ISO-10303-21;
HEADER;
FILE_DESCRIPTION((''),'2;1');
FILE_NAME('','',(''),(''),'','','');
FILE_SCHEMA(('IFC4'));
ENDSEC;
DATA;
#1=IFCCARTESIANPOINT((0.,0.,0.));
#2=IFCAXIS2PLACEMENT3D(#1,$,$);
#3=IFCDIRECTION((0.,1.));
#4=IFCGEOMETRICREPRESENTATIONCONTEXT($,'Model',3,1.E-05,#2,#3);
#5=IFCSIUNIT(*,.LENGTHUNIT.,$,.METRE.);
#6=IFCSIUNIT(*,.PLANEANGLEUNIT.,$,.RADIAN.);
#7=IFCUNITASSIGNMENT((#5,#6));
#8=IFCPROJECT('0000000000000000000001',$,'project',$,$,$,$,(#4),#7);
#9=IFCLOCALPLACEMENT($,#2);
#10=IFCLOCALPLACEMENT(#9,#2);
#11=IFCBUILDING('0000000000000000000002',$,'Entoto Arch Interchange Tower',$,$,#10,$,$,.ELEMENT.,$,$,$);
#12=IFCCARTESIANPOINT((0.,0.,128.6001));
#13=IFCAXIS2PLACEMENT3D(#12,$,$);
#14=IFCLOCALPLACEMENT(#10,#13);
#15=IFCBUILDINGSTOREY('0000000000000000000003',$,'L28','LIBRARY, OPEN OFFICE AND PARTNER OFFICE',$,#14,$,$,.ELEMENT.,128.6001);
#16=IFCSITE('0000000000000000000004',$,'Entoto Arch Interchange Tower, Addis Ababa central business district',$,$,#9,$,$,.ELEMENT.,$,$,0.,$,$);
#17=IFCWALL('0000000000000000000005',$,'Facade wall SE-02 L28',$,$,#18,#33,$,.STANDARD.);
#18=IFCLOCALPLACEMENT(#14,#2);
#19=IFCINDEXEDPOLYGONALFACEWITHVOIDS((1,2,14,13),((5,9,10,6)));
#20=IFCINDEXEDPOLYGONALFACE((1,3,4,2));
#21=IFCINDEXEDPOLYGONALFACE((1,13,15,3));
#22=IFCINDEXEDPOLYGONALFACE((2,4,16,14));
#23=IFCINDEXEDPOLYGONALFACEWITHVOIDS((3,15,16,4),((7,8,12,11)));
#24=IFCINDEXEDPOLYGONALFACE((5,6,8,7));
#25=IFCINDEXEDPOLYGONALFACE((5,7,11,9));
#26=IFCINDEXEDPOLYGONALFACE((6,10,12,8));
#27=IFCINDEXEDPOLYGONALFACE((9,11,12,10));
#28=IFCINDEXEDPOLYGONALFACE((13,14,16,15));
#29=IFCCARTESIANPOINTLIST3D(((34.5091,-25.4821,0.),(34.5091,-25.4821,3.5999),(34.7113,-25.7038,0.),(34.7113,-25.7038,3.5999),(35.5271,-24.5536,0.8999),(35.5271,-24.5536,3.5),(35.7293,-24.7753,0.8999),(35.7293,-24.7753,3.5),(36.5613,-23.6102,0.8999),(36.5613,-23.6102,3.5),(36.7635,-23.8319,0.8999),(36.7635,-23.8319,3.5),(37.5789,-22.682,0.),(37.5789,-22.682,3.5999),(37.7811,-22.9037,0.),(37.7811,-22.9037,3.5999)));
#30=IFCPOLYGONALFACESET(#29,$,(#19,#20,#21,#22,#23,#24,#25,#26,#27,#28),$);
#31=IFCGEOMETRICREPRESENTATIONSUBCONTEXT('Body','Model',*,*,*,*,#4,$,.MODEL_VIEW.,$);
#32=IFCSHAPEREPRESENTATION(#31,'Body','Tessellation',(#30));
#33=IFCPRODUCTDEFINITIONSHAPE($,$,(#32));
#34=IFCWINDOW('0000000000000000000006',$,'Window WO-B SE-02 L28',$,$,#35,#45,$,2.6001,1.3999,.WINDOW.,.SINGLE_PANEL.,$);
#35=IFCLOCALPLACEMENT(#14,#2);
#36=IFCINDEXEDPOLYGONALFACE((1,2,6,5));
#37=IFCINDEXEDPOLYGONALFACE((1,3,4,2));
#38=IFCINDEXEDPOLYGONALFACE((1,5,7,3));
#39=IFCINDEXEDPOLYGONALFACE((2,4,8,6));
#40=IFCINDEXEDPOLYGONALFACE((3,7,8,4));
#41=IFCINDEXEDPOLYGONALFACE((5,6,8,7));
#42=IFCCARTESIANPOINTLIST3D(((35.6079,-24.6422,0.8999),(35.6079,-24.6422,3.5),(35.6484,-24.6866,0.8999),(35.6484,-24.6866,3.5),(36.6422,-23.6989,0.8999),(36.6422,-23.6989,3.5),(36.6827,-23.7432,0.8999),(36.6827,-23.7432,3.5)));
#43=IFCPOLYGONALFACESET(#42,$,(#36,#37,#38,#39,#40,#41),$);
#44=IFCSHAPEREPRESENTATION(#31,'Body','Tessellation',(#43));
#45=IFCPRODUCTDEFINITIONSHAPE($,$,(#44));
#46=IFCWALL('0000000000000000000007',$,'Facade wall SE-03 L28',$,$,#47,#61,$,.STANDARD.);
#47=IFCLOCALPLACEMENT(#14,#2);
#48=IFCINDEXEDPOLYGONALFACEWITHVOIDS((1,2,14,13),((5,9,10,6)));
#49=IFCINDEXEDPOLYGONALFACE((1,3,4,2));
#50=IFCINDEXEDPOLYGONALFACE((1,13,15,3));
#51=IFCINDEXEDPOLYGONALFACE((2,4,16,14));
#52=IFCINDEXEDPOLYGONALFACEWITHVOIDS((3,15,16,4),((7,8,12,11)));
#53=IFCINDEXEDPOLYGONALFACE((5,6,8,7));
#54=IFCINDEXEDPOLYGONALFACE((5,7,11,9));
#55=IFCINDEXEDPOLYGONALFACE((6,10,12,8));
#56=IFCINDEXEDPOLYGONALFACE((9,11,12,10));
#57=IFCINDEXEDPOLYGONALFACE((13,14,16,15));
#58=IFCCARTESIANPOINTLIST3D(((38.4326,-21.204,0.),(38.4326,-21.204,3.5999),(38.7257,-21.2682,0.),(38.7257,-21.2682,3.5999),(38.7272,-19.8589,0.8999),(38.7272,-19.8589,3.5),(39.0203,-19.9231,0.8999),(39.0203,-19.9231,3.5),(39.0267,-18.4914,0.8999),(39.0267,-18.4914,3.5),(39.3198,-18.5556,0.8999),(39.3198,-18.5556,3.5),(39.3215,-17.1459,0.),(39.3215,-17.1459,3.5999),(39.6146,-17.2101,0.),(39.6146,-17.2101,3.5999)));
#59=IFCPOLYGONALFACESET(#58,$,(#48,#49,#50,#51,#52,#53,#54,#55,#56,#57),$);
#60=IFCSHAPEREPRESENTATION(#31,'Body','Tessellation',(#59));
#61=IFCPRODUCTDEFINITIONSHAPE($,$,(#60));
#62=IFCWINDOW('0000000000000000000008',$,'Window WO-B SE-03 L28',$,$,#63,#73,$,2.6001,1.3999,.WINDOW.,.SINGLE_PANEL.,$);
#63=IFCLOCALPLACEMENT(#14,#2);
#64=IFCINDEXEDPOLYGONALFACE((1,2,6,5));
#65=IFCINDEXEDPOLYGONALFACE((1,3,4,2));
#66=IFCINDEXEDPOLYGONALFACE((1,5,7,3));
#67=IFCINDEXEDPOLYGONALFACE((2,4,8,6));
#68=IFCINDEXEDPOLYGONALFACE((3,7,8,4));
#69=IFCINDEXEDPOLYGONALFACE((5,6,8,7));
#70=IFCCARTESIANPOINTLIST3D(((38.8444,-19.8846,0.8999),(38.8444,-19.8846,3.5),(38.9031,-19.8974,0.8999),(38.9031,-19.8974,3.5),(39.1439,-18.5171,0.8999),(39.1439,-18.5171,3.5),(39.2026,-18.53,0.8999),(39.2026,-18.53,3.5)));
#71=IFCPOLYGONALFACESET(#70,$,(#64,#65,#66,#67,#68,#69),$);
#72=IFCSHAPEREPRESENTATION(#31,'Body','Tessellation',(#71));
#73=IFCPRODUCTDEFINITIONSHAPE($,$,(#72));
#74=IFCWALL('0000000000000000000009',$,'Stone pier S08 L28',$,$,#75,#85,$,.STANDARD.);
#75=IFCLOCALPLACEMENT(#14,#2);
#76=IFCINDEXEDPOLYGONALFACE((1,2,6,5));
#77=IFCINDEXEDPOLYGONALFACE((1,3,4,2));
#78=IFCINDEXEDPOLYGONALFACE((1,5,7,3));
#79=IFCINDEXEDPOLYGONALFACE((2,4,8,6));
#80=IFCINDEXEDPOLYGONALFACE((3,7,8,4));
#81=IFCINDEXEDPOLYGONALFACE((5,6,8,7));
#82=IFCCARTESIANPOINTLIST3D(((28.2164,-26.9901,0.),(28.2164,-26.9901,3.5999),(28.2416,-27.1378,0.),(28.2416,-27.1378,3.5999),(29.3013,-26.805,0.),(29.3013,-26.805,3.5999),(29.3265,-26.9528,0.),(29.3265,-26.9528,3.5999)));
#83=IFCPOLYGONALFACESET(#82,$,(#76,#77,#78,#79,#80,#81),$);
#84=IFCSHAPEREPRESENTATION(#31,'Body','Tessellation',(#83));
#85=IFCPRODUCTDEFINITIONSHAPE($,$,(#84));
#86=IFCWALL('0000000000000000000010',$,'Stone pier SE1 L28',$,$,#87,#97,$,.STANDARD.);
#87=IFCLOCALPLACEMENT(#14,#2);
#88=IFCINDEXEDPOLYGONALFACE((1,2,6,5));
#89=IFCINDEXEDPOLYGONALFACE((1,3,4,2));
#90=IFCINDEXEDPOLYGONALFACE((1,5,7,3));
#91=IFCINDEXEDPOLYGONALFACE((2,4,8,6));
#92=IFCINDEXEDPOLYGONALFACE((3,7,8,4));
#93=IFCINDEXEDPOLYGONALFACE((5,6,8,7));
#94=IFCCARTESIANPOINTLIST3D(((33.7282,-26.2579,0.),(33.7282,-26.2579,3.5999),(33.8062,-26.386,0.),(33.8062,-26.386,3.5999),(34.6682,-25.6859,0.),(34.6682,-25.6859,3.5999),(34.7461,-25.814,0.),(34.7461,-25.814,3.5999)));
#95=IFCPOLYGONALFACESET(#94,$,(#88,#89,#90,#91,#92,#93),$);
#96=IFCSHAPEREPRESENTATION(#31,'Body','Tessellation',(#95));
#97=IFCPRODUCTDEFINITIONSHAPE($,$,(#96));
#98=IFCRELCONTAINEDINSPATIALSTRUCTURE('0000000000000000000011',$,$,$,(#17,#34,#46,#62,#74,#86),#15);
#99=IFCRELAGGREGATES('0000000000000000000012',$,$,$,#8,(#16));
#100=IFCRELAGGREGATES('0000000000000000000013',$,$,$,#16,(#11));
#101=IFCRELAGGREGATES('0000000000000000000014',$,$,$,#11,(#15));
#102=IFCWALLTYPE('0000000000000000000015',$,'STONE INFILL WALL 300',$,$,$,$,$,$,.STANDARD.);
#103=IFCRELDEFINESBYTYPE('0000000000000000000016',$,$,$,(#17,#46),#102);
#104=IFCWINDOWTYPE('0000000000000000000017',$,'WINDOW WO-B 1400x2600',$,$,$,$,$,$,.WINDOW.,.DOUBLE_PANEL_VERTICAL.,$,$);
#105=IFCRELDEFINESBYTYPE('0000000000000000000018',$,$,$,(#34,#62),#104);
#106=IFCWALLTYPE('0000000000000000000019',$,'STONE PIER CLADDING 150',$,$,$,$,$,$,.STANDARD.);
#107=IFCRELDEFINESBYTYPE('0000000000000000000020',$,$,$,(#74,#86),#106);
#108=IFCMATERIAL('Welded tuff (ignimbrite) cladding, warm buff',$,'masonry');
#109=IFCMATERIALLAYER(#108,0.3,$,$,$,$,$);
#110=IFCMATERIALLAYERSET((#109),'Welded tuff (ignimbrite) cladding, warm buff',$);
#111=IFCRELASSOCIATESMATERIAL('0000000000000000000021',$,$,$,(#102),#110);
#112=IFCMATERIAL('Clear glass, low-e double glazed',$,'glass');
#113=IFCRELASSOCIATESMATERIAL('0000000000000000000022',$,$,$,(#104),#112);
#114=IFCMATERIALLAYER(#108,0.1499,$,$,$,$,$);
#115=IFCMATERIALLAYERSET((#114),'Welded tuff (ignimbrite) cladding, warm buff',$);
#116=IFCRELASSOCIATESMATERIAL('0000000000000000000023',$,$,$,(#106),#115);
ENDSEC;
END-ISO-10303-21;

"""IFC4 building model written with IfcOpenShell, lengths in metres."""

from ifc_helpers import new_model, si_unit, direction, frame, frame_2d, origin, place, context, subcontext, project, spatial, rectangle, extrude, material, layer, layer_set, type_object, element, fill, save


model = new_model("IFC4")

# Units and contexts
model_context = context("Model", 3, precision=1e-05, world=origin(), true_north=direction((0.0, 1.0)))
body_context = subcontext(model_context, "Body", "Model", "MODEL_VIEW")
ifc_project = project(units=[si_unit("LENGTHUNIT", "METRE"), si_unit("PLANEANGLEUNIT", "RADIAN")], contexts=[model_context])

# Site, building, storey
site_placement = place(None, origin())
site = spatial("IfcSite", under=ifc_project, at=site_placement, Name="Entoto Arch Interchange Tower, Addis Ababa central business district", CompositionType="ELEMENT", RefElevation=0.0)
building_placement = place(site_placement, origin())
building = spatial("IfcBuilding", under=site, at=building_placement, Name="Entoto Arch Interchange Tower", CompositionType="ELEMENT")
storey_placement = place(building_placement, frame((0.0, 0.0, 128.6001)))
storey = spatial("IfcBuildingStorey", under=building, at=storey_placement, Name="L28", Description="LIBRARY, OPEN OFFICE AND PARTNER OFFICE", CompositionType="ELEMENT", Elevation=128.6001)

# Walls, openings, windows
ifc_material_1 = material(Name="Welded tuff (ignimbrite) cladding, warm buff", Category="masonry")
ifc_layer_1 = layer(ifc_material_1, 0.3)
ifc_layer_set_1 = layer_set([ifc_layer_1], Name="Welded tuff (ignimbrite) cladding, warm buff")
wall_type_1 = type_object("IfcWallType", Name="STONE INFILL WALL 300", PredefinedType="STANDARD", material=ifc_layer_set_1)
ifc_material_2 = material(Name="Clear glass, low-e double glazed", Category="glass")
window_type = type_object("IfcWindowType", Name="WINDOW WO-B 1400x2600", PartitioningType="DOUBLE_PANEL_VERTICAL", PredefinedType="WINDOW", material=ifc_material_2)
wall_1_placement = place(storey_placement, frame((34.6101, -25.593, 0.0), z_axis=(0.0, 0.0, 1.0), x_axis=(0.738825, 0.673897, 0.0)))
wall_1 = element("IfcWall", 1, at=wall_1_placement, inside=storey, type_object=wall_type_1, Name="Facade wall SE-02 L28", PredefinedType="STANDARD", context=body_context, shape_type="SweptSolid", body=[
    extrude(rectangle(XDim=4.155, YDim=0.3, at=frame_2d((2.0776, 0.0))), origin(), (0.0, 0.0, 1.0), 3.5999),
])
opening_1_placement = place(wall_1_placement, frame((1.3779, 0.0, 0.8999)))
opening_1 = element("IfcOpeningElement", 2, at=opening_1_placement, cuts=wall_1, PredefinedType="OPENING", context=body_context, shape_type="SweptSolid", body=[
    extrude(rectangle(XDim=1.3999, YDim=2.6001, at=frame_2d((0.7, 1.3))), frame((0.0, 0.1602, 0.0), z_axis=(0.0, -1.0, 0.0), x_axis=(1.0, 0.0, 0.0)), (0.0, 0.0, 1.0), 0.3201),
])
window_1_placement = place(opening_1_placement, origin())
window_1 = element("IfcWindow", 3, at=window_1_placement, inside=storey, type_object=window_type, Name="Window WO-B SE-02 L28", OverallHeight=2.6001, OverallWidth=1.3999, PartitioningType="SINGLE_PANEL", PredefinedType="WINDOW", context=body_context, shape_type="SweptSolid", body=[
    extrude(rectangle(XDim=1.3999, YDim=2.6001, at=frame_2d((0.7, 1.3))), frame((0.0, 0.03, 0.0), z_axis=(0.0, -1.0, 0.0), x_axis=(1.0, 0.0, 0.0)), (0.0, 0.0, 1.0), 0.0601),
])
fill(opening_1, window_1)
wall_2_placement = place(storey_placement, frame((38.5791, -21.2361, 0.0), z_axis=(0.0, 0.0, 1.0), x_axis=(0.213974, 0.976839, 0.0)))
wall_2 = element("IfcWall", 4, at=wall_2_placement, inside=storey, type_object=wall_type_1, Name="Facade wall SE-03 L28", PredefinedType="STANDARD", context=body_context, shape_type="SweptSolid", body=[
    extrude(rectangle(XDim=4.1543, YDim=0.3, at=frame_2d((2.0771, 0.0))), origin(), (0.0, 0.0, 1.0), 3.5999),
])
opening_2_placement = place(wall_2_placement, frame((1.377, 0.0, 0.8999)))
opening_2 = element("IfcOpeningElement", 5, at=opening_2_placement, cuts=wall_2, PredefinedType="OPENING", context=body_context, shape_type="SweptSolid", body=[
    extrude(rectangle(XDim=1.3999, YDim=2.6001, at=frame_2d((0.7, 1.3))), frame((0.0, 0.1602, 0.0), z_axis=(0.0, -1.0, 0.0), x_axis=(1.0, 0.0, 0.0)), (0.0, 0.0, 1.0), 0.3201),
])
window_2_placement = place(opening_2_placement, origin())
window_2 = element("IfcWindow", 6, at=window_2_placement, inside=storey, type_object=window_type, Name="Window WO-B SE-03 L28", OverallHeight=2.6001, OverallWidth=1.3999, PartitioningType="SINGLE_PANEL", PredefinedType="WINDOW", context=body_context, shape_type="SweptSolid", body=[
    extrude(rectangle(XDim=1.3999, YDim=2.6001, at=frame_2d((0.7, 1.3))), frame((0.0, 0.03, 0.0), z_axis=(0.0, -1.0, 0.0), x_axis=(1.0, 0.0, 0.0)), (0.0, 0.0, 1.0), 0.0601),
])
fill(opening_2, window_2)

# Walls
ifc_layer_2 = layer(ifc_material_1, 0.1499)
ifc_layer_set_2 = layer_set([ifc_layer_2], Name="Welded tuff (ignimbrite) cladding, warm buff")
wall_type_2 = type_object("IfcWallType", Name="STONE PIER CLADDING 150", PredefinedType="STANDARD", material=ifc_layer_set_2)
wall_3_placement = place(storey_placement, frame((28.229, -27.064, 0.0), z_axis=(0.0, 0.0, 1.0), x_axis=(0.985763, 0.168139, 0.0)))
element("IfcWall", 7, at=wall_3_placement, inside=storey, type_object=wall_type_2, Name="Stone pier S08 L28", PredefinedType="STANDARD", context=body_context, shape_type="SweptSolid", body=[
    extrude(rectangle(XDim=1.1006, YDim=0.1499, at=frame_2d((0.5503, 0.0))), origin(), (0.0, 0.0, 1.0), 3.5999),
])
wall_4_placement = place(storey_placement, frame((33.7671, -26.322, 0.0), z_axis=(0.0, 0.0, 1.0), x_axis=(0.854246, 0.51987, 0.0)))
element("IfcWall", 8, at=wall_4_placement, inside=storey, type_object=wall_type_2, Name="Stone pier SE1 L28", PredefinedType="STANDARD", context=body_context, shape_type="SweptSolid", body=[
    extrude(rectangle(XDim=1.1003, YDim=0.1499, at=frame_2d((0.5503, 0.0))), origin(), (0.0, 0.0, 1.0), 3.5999),
])

save(model, "model.ifc")
